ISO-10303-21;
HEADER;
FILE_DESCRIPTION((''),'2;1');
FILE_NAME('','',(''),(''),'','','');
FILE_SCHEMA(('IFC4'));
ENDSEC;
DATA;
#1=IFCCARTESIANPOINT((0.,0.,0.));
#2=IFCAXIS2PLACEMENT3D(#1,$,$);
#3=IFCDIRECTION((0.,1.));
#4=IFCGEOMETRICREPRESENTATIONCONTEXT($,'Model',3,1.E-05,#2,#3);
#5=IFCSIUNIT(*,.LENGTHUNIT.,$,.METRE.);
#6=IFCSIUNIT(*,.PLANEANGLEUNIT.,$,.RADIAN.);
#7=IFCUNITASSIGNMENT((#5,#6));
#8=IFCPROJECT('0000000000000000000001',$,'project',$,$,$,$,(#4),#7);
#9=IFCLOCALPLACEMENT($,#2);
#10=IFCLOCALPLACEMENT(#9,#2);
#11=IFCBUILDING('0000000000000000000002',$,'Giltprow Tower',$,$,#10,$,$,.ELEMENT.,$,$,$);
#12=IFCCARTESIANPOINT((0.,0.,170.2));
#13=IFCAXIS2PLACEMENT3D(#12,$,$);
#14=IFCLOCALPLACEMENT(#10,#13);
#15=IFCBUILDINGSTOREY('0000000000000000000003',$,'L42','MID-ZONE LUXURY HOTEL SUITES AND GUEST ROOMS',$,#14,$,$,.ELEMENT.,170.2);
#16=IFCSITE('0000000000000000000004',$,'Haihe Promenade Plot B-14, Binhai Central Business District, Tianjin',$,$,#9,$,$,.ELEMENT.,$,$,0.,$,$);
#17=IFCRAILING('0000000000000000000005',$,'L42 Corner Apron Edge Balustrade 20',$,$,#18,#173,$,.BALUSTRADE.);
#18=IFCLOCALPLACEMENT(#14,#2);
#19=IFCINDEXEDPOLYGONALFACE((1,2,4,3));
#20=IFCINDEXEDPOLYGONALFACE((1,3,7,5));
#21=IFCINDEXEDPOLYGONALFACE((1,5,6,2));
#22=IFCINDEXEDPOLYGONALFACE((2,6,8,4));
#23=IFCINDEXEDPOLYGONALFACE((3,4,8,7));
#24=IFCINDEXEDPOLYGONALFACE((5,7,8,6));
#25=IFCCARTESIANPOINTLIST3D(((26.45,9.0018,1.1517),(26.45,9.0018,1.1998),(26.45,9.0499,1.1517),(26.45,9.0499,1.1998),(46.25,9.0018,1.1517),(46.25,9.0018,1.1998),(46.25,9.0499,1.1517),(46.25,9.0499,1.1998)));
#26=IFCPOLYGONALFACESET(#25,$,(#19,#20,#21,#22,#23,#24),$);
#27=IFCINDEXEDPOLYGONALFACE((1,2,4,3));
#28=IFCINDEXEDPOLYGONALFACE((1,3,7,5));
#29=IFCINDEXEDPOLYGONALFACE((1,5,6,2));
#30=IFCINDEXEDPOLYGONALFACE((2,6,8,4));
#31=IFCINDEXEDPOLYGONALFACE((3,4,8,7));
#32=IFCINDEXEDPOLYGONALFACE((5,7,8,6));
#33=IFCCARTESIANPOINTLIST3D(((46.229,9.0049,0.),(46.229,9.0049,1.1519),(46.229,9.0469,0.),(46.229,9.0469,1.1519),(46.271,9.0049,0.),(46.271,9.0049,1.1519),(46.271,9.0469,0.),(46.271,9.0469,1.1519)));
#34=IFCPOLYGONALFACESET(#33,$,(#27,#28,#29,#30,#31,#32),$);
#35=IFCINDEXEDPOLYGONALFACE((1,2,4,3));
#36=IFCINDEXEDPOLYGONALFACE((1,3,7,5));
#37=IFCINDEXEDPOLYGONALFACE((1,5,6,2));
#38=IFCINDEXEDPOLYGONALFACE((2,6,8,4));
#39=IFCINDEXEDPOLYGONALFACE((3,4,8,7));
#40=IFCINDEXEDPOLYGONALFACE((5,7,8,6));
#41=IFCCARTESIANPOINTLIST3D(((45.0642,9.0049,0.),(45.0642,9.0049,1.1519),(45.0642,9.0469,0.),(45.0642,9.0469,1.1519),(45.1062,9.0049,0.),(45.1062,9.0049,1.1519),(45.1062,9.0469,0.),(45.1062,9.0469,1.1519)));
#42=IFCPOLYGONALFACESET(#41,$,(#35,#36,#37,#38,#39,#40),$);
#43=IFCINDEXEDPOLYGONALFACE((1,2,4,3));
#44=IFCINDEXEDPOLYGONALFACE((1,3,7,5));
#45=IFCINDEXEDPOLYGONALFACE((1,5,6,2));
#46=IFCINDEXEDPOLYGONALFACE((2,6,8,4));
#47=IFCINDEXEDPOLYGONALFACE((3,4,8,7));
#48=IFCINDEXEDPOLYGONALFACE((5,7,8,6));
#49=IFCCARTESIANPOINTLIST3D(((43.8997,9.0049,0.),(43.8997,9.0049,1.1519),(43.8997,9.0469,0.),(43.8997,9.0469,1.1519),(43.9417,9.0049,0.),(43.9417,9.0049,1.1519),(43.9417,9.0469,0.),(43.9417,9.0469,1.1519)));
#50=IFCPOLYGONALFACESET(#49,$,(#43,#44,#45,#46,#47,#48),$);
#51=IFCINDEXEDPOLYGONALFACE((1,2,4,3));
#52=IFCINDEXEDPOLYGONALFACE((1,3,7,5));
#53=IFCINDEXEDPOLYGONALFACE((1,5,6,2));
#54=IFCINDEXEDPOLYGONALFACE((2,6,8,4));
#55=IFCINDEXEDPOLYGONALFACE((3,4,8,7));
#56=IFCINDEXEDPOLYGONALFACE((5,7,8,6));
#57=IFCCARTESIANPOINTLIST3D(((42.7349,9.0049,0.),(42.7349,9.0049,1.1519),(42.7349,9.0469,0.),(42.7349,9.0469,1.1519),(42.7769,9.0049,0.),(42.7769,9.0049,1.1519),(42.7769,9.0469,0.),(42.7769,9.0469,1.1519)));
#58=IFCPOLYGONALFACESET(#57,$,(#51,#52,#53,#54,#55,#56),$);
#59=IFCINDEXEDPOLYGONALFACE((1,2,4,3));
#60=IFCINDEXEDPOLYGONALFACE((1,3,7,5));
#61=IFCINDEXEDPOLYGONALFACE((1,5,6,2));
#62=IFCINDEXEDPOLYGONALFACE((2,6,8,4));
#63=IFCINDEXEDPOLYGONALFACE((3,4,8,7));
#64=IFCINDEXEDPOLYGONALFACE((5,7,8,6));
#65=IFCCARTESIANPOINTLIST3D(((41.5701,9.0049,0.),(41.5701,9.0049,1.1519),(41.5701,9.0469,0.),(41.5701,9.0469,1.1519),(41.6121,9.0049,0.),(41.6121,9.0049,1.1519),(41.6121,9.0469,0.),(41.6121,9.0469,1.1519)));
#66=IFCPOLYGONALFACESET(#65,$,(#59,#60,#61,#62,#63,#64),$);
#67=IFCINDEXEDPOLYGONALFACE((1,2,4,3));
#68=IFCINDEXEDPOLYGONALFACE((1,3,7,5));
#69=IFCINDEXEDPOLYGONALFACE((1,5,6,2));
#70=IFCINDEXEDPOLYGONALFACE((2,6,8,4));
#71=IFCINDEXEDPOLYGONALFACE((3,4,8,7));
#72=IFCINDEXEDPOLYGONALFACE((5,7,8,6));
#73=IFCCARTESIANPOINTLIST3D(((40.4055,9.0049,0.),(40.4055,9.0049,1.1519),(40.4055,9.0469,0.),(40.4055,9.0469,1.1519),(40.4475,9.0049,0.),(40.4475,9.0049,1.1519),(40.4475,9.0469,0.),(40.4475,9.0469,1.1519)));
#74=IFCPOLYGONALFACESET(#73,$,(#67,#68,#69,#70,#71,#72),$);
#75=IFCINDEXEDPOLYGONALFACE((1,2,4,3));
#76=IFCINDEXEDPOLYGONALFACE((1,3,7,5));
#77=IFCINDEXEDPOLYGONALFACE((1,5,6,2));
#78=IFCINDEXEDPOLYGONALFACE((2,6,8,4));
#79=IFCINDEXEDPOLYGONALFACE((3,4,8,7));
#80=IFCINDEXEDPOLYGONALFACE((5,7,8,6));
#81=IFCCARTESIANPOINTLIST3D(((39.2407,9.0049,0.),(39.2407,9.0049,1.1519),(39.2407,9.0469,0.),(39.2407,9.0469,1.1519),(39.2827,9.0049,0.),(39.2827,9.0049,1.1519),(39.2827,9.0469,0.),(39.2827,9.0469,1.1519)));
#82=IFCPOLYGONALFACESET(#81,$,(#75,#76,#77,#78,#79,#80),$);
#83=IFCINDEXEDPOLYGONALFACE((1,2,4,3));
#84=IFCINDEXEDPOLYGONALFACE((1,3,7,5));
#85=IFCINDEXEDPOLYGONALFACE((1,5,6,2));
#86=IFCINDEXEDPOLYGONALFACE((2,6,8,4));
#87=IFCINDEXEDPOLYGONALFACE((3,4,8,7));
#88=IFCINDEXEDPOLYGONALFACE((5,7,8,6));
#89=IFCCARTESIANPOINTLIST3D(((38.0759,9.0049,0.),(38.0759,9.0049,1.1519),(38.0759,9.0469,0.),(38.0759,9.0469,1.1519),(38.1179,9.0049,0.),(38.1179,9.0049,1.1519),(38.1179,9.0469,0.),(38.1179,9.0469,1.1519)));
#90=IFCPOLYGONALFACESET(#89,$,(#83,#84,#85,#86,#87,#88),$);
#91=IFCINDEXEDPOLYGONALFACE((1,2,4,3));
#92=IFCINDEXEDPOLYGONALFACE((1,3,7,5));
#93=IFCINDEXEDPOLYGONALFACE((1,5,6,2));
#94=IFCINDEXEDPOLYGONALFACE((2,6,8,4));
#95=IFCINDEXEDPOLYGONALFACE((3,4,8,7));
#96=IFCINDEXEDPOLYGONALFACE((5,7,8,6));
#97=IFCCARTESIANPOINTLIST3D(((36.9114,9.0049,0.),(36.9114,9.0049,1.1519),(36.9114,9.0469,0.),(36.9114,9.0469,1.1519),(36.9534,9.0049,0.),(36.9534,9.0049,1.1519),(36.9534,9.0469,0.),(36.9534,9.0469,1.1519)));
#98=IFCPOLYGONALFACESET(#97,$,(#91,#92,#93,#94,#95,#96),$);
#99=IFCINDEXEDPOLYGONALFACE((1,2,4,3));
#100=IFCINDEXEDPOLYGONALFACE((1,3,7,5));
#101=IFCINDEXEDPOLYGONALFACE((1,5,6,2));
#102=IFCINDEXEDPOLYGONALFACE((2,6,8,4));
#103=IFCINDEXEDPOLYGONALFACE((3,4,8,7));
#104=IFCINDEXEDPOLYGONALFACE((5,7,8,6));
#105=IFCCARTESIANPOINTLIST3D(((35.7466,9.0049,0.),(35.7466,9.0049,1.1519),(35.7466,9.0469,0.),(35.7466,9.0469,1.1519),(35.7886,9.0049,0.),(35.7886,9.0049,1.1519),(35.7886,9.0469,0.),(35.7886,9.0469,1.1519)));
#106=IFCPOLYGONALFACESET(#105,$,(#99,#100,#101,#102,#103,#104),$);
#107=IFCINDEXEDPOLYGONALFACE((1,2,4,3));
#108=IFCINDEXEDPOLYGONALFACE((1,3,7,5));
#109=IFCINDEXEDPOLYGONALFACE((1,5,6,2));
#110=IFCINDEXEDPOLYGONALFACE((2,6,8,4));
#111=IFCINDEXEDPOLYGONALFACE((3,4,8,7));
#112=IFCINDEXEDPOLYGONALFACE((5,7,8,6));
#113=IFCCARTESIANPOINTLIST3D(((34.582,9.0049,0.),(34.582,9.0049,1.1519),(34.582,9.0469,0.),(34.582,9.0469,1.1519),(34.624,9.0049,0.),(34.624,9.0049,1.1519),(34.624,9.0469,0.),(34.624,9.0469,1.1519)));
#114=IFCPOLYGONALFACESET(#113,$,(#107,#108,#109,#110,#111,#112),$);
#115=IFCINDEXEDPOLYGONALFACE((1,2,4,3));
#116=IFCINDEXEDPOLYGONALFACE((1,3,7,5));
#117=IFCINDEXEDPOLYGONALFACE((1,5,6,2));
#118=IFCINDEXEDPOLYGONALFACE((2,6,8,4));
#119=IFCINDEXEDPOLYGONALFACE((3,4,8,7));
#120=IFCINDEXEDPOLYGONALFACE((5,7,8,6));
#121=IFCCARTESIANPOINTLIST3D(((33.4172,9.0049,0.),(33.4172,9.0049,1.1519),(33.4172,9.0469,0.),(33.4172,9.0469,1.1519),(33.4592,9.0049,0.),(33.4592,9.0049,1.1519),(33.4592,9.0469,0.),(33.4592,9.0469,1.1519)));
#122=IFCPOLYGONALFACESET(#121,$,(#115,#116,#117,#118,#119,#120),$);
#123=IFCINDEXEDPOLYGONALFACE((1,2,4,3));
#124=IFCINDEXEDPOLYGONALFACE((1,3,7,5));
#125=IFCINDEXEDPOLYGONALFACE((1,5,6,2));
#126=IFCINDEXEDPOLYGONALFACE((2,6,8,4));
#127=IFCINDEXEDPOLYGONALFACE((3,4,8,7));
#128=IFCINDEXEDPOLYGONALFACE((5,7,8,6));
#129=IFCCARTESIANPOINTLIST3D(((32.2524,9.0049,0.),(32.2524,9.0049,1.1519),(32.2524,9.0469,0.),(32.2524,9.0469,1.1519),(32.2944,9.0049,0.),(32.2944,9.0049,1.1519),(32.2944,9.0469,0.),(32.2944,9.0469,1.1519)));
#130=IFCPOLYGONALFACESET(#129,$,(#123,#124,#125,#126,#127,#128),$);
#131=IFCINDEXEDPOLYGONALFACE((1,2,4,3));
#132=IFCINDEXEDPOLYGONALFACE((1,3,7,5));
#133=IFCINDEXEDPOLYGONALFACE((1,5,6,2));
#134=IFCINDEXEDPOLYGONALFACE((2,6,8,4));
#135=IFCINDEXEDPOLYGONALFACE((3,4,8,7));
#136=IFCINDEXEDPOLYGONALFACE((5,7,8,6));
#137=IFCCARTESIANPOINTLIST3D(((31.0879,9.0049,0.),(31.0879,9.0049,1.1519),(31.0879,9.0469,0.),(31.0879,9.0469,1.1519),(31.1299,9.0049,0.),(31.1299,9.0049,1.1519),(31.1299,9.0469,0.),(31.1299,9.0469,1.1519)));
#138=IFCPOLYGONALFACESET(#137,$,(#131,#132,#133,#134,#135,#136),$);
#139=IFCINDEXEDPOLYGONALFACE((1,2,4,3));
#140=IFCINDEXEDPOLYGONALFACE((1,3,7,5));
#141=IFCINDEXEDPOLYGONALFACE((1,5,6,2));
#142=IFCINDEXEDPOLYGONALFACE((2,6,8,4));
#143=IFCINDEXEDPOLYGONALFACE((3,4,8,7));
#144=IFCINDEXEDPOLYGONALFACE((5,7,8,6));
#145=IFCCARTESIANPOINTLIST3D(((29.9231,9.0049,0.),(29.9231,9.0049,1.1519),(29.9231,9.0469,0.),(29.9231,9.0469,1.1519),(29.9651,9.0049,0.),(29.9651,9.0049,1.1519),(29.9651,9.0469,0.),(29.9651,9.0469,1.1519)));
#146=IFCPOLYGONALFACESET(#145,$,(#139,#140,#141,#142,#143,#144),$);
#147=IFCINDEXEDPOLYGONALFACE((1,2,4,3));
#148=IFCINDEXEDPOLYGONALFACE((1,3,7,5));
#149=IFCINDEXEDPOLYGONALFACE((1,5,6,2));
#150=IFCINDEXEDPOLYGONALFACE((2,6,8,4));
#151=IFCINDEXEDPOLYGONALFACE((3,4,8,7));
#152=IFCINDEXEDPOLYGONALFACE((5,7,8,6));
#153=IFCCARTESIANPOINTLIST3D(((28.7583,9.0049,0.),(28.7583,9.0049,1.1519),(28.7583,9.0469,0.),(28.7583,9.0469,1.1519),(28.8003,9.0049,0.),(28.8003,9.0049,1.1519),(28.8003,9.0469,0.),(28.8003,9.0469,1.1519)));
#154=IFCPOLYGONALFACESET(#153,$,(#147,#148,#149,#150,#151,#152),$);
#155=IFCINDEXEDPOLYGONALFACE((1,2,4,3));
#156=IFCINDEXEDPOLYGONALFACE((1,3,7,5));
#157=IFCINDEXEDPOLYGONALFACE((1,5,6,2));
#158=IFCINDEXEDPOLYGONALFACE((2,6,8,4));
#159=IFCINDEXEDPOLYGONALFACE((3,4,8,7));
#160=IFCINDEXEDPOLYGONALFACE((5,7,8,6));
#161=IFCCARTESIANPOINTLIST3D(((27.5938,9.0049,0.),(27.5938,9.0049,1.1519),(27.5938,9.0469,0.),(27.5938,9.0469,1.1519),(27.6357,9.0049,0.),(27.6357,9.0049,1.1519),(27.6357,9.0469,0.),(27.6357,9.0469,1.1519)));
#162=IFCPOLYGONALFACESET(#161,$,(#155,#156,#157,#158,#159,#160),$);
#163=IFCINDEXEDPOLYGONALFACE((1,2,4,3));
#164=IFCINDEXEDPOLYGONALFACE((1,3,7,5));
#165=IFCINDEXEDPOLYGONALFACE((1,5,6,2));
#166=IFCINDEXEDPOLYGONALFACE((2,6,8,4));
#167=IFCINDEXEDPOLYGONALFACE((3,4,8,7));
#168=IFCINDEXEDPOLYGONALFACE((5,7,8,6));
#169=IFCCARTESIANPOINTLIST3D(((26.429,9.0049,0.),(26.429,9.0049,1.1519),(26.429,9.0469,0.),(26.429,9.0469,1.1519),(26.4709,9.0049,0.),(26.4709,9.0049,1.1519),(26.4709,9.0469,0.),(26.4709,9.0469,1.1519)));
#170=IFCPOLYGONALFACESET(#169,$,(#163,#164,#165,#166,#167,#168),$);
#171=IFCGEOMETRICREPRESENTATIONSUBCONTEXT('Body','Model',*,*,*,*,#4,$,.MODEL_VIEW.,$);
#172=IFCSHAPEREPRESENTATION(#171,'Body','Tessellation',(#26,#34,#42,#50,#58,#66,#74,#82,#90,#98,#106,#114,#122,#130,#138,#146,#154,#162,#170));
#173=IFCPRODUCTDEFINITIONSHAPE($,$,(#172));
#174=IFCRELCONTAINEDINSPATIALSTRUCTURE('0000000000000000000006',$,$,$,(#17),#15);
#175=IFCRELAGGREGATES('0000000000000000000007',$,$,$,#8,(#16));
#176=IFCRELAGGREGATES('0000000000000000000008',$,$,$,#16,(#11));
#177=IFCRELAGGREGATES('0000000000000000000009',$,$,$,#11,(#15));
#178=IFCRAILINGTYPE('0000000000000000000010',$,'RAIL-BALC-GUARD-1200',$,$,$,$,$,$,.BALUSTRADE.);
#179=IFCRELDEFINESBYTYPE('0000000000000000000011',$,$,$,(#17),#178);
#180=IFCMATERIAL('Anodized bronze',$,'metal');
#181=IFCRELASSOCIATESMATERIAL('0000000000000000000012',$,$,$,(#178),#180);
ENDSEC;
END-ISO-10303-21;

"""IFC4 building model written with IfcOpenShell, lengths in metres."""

from ifc_helpers import new_model, si_unit, direction, frame, origin, origin_2d, place, context, subcontext, project, spatial, rectangle, extrude, material, type_object, element, save


model = new_model("IFC4")

# Units and contexts
model_context = context("Model", 3, precision=1e-05, world=origin(), true_north=direction((0.0, 1.0)))
body_context = subcontext(model_context, "Body", "Model", "MODEL_VIEW")
ifc_project = project(units=[si_unit("LENGTHUNIT", "METRE"), si_unit("PLANEANGLEUNIT", "RADIAN")], contexts=[model_context])

# Site, building, storey
site_placement = place(None, origin())
site = spatial("IfcSite", under=ifc_project, at=site_placement, Name="Haihe Promenade Plot B-14, Binhai Central Business District, Tianjin", CompositionType="ELEMENT", RefElevation=0.0)
building_placement = place(site_placement, origin())
building = spatial("IfcBuilding", under=site, at=building_placement, Name="Giltprow Tower", CompositionType="ELEMENT")
storey_placement = place(building_placement, frame((0.0, 0.0, 170.2)))
storey = spatial("IfcBuildingStorey", under=building, at=storey_placement, Name="L42", Description="MID-ZONE LUXURY HOTEL SUITES AND GUEST ROOMS", CompositionType="ELEMENT", Elevation=170.2)

# Shared definitions
ifc_material_1 = material(Name="Anodized bronze", Category="metal")

# Railing
railing_type = type_object("IfcRailingType", Name="RAIL-BALC-GUARD-1200", PredefinedType="BALUSTRADE", material=ifc_material_1)
railing_1_placement = place(storey_placement, frame((46.25, 9.0259, 0.0)))
element("IfcRailing", 1, at=railing_1_placement, inside=storey, type_object=railing_type, Name="L42 Corner Apron Edge Balustrade 20", PredefinedType="BALUSTRADE", context=body_context, shape_type="SweptSolid", body=[
    extrude(rectangle(XDim=0.0481, YDim=0.0481, at=origin_2d()), frame((0.0, 0.0, 1.1758), z_axis=(-1.0, 0.0, 0.0), x_axis=(0.0, -1.0, 0.0)), (0.0, 0.0, 1.0), 19.8),
    extrude(rectangle(XDim=0.042, YDim=0.042, at=origin_2d()), origin(), (0.0, 0.0, 1.0), 1.1519),
    extrude(rectangle(XDim=0.042, YDim=0.042, at=origin_2d()), frame((-1.1648, 0.0, 0.0)), (0.0, 0.0, 1.0), 1.1519),
    extrude(rectangle(XDim=0.042, YDim=0.042, at=origin_2d()), frame((-2.3293, 0.0, 0.0)), (0.0, 0.0, 1.0), 1.1519),
    extrude(rectangle(XDim=0.042, YDim=0.042, at=origin_2d()), frame((-3.4941, 0.0, 0.0)), (0.0, 0.0, 1.0), 1.1519),
    extrude(rectangle(XDim=0.042, YDim=0.042, at=origin_2d()), frame((-4.6589, 0.0, 0.0)), (0.0, 0.0, 1.0), 1.1519),
    extrude(rectangle(XDim=0.042, YDim=0.042, at=origin_2d()), frame((-5.8235, 0.0, 0.0)), (0.0, 0.0, 1.0), 1.1519),
    extrude(rectangle(XDim=0.042, YDim=0.042, at=origin_2d()), frame((-6.9883, 0.0, 0.0)), (0.0, 0.0, 1.0), 1.1519),
    extrude(rectangle(XDim=0.042, YDim=0.042, at=origin_2d()), frame((-8.1531, 0.0, 0.0)), (0.0, 0.0, 1.0), 1.1519),
    extrude(rectangle(XDim=0.042, YDim=0.042, at=origin_2d()), frame((-9.3176, 0.0, 0.0)), (0.0, 0.0, 1.0), 1.1519),
    extrude(rectangle(XDim=0.042, YDim=0.042, at=origin_2d()), frame((-10.4824, 0.0, 0.0)), (0.0, 0.0, 1.0), 1.1519),
    extrude(rectangle(XDim=0.042, YDim=0.042, at=origin_2d()), frame((-11.647, 0.0, 0.0)), (0.0, 0.0, 1.0), 1.1519),
    extrude(rectangle(XDim=0.042, YDim=0.042, at=origin_2d()), frame((-12.8118, 0.0, 0.0)), (0.0, 0.0, 1.0), 1.1519),
    extrude(rectangle(XDim=0.042, YDim=0.042, at=origin_2d()), frame((-13.9766, 0.0, 0.0)), (0.0, 0.0, 1.0), 1.1519),
    extrude(rectangle(XDim=0.042, YDim=0.042, at=origin_2d()), frame((-15.1411, 0.0, 0.0)), (0.0, 0.0, 1.0), 1.1519),
    extrude(rectangle(XDim=0.042, YDim=0.042, at=origin_2d()), frame((-16.3059, 0.0, 0.0)), (0.0, 0.0, 1.0), 1.1519),
    extrude(rectangle(XDim=0.042, YDim=0.042, at=origin_2d()), frame((-17.4707, 0.0, 0.0)), (0.0, 0.0, 1.0), 1.1519),
    extrude(rectangle(XDim=0.042, YDim=0.042, at=origin_2d()), frame((-18.6353, 0.0, 0.0)), (0.0, 0.0, 1.0), 1.1519),
    extrude(rectangle(XDim=0.042, YDim=0.042, at=origin_2d()), frame((-19.8, 0.0, 0.0)), (0.0, 0.0, 1.0), 1.1519),
])

save(model, "model.ifc")
